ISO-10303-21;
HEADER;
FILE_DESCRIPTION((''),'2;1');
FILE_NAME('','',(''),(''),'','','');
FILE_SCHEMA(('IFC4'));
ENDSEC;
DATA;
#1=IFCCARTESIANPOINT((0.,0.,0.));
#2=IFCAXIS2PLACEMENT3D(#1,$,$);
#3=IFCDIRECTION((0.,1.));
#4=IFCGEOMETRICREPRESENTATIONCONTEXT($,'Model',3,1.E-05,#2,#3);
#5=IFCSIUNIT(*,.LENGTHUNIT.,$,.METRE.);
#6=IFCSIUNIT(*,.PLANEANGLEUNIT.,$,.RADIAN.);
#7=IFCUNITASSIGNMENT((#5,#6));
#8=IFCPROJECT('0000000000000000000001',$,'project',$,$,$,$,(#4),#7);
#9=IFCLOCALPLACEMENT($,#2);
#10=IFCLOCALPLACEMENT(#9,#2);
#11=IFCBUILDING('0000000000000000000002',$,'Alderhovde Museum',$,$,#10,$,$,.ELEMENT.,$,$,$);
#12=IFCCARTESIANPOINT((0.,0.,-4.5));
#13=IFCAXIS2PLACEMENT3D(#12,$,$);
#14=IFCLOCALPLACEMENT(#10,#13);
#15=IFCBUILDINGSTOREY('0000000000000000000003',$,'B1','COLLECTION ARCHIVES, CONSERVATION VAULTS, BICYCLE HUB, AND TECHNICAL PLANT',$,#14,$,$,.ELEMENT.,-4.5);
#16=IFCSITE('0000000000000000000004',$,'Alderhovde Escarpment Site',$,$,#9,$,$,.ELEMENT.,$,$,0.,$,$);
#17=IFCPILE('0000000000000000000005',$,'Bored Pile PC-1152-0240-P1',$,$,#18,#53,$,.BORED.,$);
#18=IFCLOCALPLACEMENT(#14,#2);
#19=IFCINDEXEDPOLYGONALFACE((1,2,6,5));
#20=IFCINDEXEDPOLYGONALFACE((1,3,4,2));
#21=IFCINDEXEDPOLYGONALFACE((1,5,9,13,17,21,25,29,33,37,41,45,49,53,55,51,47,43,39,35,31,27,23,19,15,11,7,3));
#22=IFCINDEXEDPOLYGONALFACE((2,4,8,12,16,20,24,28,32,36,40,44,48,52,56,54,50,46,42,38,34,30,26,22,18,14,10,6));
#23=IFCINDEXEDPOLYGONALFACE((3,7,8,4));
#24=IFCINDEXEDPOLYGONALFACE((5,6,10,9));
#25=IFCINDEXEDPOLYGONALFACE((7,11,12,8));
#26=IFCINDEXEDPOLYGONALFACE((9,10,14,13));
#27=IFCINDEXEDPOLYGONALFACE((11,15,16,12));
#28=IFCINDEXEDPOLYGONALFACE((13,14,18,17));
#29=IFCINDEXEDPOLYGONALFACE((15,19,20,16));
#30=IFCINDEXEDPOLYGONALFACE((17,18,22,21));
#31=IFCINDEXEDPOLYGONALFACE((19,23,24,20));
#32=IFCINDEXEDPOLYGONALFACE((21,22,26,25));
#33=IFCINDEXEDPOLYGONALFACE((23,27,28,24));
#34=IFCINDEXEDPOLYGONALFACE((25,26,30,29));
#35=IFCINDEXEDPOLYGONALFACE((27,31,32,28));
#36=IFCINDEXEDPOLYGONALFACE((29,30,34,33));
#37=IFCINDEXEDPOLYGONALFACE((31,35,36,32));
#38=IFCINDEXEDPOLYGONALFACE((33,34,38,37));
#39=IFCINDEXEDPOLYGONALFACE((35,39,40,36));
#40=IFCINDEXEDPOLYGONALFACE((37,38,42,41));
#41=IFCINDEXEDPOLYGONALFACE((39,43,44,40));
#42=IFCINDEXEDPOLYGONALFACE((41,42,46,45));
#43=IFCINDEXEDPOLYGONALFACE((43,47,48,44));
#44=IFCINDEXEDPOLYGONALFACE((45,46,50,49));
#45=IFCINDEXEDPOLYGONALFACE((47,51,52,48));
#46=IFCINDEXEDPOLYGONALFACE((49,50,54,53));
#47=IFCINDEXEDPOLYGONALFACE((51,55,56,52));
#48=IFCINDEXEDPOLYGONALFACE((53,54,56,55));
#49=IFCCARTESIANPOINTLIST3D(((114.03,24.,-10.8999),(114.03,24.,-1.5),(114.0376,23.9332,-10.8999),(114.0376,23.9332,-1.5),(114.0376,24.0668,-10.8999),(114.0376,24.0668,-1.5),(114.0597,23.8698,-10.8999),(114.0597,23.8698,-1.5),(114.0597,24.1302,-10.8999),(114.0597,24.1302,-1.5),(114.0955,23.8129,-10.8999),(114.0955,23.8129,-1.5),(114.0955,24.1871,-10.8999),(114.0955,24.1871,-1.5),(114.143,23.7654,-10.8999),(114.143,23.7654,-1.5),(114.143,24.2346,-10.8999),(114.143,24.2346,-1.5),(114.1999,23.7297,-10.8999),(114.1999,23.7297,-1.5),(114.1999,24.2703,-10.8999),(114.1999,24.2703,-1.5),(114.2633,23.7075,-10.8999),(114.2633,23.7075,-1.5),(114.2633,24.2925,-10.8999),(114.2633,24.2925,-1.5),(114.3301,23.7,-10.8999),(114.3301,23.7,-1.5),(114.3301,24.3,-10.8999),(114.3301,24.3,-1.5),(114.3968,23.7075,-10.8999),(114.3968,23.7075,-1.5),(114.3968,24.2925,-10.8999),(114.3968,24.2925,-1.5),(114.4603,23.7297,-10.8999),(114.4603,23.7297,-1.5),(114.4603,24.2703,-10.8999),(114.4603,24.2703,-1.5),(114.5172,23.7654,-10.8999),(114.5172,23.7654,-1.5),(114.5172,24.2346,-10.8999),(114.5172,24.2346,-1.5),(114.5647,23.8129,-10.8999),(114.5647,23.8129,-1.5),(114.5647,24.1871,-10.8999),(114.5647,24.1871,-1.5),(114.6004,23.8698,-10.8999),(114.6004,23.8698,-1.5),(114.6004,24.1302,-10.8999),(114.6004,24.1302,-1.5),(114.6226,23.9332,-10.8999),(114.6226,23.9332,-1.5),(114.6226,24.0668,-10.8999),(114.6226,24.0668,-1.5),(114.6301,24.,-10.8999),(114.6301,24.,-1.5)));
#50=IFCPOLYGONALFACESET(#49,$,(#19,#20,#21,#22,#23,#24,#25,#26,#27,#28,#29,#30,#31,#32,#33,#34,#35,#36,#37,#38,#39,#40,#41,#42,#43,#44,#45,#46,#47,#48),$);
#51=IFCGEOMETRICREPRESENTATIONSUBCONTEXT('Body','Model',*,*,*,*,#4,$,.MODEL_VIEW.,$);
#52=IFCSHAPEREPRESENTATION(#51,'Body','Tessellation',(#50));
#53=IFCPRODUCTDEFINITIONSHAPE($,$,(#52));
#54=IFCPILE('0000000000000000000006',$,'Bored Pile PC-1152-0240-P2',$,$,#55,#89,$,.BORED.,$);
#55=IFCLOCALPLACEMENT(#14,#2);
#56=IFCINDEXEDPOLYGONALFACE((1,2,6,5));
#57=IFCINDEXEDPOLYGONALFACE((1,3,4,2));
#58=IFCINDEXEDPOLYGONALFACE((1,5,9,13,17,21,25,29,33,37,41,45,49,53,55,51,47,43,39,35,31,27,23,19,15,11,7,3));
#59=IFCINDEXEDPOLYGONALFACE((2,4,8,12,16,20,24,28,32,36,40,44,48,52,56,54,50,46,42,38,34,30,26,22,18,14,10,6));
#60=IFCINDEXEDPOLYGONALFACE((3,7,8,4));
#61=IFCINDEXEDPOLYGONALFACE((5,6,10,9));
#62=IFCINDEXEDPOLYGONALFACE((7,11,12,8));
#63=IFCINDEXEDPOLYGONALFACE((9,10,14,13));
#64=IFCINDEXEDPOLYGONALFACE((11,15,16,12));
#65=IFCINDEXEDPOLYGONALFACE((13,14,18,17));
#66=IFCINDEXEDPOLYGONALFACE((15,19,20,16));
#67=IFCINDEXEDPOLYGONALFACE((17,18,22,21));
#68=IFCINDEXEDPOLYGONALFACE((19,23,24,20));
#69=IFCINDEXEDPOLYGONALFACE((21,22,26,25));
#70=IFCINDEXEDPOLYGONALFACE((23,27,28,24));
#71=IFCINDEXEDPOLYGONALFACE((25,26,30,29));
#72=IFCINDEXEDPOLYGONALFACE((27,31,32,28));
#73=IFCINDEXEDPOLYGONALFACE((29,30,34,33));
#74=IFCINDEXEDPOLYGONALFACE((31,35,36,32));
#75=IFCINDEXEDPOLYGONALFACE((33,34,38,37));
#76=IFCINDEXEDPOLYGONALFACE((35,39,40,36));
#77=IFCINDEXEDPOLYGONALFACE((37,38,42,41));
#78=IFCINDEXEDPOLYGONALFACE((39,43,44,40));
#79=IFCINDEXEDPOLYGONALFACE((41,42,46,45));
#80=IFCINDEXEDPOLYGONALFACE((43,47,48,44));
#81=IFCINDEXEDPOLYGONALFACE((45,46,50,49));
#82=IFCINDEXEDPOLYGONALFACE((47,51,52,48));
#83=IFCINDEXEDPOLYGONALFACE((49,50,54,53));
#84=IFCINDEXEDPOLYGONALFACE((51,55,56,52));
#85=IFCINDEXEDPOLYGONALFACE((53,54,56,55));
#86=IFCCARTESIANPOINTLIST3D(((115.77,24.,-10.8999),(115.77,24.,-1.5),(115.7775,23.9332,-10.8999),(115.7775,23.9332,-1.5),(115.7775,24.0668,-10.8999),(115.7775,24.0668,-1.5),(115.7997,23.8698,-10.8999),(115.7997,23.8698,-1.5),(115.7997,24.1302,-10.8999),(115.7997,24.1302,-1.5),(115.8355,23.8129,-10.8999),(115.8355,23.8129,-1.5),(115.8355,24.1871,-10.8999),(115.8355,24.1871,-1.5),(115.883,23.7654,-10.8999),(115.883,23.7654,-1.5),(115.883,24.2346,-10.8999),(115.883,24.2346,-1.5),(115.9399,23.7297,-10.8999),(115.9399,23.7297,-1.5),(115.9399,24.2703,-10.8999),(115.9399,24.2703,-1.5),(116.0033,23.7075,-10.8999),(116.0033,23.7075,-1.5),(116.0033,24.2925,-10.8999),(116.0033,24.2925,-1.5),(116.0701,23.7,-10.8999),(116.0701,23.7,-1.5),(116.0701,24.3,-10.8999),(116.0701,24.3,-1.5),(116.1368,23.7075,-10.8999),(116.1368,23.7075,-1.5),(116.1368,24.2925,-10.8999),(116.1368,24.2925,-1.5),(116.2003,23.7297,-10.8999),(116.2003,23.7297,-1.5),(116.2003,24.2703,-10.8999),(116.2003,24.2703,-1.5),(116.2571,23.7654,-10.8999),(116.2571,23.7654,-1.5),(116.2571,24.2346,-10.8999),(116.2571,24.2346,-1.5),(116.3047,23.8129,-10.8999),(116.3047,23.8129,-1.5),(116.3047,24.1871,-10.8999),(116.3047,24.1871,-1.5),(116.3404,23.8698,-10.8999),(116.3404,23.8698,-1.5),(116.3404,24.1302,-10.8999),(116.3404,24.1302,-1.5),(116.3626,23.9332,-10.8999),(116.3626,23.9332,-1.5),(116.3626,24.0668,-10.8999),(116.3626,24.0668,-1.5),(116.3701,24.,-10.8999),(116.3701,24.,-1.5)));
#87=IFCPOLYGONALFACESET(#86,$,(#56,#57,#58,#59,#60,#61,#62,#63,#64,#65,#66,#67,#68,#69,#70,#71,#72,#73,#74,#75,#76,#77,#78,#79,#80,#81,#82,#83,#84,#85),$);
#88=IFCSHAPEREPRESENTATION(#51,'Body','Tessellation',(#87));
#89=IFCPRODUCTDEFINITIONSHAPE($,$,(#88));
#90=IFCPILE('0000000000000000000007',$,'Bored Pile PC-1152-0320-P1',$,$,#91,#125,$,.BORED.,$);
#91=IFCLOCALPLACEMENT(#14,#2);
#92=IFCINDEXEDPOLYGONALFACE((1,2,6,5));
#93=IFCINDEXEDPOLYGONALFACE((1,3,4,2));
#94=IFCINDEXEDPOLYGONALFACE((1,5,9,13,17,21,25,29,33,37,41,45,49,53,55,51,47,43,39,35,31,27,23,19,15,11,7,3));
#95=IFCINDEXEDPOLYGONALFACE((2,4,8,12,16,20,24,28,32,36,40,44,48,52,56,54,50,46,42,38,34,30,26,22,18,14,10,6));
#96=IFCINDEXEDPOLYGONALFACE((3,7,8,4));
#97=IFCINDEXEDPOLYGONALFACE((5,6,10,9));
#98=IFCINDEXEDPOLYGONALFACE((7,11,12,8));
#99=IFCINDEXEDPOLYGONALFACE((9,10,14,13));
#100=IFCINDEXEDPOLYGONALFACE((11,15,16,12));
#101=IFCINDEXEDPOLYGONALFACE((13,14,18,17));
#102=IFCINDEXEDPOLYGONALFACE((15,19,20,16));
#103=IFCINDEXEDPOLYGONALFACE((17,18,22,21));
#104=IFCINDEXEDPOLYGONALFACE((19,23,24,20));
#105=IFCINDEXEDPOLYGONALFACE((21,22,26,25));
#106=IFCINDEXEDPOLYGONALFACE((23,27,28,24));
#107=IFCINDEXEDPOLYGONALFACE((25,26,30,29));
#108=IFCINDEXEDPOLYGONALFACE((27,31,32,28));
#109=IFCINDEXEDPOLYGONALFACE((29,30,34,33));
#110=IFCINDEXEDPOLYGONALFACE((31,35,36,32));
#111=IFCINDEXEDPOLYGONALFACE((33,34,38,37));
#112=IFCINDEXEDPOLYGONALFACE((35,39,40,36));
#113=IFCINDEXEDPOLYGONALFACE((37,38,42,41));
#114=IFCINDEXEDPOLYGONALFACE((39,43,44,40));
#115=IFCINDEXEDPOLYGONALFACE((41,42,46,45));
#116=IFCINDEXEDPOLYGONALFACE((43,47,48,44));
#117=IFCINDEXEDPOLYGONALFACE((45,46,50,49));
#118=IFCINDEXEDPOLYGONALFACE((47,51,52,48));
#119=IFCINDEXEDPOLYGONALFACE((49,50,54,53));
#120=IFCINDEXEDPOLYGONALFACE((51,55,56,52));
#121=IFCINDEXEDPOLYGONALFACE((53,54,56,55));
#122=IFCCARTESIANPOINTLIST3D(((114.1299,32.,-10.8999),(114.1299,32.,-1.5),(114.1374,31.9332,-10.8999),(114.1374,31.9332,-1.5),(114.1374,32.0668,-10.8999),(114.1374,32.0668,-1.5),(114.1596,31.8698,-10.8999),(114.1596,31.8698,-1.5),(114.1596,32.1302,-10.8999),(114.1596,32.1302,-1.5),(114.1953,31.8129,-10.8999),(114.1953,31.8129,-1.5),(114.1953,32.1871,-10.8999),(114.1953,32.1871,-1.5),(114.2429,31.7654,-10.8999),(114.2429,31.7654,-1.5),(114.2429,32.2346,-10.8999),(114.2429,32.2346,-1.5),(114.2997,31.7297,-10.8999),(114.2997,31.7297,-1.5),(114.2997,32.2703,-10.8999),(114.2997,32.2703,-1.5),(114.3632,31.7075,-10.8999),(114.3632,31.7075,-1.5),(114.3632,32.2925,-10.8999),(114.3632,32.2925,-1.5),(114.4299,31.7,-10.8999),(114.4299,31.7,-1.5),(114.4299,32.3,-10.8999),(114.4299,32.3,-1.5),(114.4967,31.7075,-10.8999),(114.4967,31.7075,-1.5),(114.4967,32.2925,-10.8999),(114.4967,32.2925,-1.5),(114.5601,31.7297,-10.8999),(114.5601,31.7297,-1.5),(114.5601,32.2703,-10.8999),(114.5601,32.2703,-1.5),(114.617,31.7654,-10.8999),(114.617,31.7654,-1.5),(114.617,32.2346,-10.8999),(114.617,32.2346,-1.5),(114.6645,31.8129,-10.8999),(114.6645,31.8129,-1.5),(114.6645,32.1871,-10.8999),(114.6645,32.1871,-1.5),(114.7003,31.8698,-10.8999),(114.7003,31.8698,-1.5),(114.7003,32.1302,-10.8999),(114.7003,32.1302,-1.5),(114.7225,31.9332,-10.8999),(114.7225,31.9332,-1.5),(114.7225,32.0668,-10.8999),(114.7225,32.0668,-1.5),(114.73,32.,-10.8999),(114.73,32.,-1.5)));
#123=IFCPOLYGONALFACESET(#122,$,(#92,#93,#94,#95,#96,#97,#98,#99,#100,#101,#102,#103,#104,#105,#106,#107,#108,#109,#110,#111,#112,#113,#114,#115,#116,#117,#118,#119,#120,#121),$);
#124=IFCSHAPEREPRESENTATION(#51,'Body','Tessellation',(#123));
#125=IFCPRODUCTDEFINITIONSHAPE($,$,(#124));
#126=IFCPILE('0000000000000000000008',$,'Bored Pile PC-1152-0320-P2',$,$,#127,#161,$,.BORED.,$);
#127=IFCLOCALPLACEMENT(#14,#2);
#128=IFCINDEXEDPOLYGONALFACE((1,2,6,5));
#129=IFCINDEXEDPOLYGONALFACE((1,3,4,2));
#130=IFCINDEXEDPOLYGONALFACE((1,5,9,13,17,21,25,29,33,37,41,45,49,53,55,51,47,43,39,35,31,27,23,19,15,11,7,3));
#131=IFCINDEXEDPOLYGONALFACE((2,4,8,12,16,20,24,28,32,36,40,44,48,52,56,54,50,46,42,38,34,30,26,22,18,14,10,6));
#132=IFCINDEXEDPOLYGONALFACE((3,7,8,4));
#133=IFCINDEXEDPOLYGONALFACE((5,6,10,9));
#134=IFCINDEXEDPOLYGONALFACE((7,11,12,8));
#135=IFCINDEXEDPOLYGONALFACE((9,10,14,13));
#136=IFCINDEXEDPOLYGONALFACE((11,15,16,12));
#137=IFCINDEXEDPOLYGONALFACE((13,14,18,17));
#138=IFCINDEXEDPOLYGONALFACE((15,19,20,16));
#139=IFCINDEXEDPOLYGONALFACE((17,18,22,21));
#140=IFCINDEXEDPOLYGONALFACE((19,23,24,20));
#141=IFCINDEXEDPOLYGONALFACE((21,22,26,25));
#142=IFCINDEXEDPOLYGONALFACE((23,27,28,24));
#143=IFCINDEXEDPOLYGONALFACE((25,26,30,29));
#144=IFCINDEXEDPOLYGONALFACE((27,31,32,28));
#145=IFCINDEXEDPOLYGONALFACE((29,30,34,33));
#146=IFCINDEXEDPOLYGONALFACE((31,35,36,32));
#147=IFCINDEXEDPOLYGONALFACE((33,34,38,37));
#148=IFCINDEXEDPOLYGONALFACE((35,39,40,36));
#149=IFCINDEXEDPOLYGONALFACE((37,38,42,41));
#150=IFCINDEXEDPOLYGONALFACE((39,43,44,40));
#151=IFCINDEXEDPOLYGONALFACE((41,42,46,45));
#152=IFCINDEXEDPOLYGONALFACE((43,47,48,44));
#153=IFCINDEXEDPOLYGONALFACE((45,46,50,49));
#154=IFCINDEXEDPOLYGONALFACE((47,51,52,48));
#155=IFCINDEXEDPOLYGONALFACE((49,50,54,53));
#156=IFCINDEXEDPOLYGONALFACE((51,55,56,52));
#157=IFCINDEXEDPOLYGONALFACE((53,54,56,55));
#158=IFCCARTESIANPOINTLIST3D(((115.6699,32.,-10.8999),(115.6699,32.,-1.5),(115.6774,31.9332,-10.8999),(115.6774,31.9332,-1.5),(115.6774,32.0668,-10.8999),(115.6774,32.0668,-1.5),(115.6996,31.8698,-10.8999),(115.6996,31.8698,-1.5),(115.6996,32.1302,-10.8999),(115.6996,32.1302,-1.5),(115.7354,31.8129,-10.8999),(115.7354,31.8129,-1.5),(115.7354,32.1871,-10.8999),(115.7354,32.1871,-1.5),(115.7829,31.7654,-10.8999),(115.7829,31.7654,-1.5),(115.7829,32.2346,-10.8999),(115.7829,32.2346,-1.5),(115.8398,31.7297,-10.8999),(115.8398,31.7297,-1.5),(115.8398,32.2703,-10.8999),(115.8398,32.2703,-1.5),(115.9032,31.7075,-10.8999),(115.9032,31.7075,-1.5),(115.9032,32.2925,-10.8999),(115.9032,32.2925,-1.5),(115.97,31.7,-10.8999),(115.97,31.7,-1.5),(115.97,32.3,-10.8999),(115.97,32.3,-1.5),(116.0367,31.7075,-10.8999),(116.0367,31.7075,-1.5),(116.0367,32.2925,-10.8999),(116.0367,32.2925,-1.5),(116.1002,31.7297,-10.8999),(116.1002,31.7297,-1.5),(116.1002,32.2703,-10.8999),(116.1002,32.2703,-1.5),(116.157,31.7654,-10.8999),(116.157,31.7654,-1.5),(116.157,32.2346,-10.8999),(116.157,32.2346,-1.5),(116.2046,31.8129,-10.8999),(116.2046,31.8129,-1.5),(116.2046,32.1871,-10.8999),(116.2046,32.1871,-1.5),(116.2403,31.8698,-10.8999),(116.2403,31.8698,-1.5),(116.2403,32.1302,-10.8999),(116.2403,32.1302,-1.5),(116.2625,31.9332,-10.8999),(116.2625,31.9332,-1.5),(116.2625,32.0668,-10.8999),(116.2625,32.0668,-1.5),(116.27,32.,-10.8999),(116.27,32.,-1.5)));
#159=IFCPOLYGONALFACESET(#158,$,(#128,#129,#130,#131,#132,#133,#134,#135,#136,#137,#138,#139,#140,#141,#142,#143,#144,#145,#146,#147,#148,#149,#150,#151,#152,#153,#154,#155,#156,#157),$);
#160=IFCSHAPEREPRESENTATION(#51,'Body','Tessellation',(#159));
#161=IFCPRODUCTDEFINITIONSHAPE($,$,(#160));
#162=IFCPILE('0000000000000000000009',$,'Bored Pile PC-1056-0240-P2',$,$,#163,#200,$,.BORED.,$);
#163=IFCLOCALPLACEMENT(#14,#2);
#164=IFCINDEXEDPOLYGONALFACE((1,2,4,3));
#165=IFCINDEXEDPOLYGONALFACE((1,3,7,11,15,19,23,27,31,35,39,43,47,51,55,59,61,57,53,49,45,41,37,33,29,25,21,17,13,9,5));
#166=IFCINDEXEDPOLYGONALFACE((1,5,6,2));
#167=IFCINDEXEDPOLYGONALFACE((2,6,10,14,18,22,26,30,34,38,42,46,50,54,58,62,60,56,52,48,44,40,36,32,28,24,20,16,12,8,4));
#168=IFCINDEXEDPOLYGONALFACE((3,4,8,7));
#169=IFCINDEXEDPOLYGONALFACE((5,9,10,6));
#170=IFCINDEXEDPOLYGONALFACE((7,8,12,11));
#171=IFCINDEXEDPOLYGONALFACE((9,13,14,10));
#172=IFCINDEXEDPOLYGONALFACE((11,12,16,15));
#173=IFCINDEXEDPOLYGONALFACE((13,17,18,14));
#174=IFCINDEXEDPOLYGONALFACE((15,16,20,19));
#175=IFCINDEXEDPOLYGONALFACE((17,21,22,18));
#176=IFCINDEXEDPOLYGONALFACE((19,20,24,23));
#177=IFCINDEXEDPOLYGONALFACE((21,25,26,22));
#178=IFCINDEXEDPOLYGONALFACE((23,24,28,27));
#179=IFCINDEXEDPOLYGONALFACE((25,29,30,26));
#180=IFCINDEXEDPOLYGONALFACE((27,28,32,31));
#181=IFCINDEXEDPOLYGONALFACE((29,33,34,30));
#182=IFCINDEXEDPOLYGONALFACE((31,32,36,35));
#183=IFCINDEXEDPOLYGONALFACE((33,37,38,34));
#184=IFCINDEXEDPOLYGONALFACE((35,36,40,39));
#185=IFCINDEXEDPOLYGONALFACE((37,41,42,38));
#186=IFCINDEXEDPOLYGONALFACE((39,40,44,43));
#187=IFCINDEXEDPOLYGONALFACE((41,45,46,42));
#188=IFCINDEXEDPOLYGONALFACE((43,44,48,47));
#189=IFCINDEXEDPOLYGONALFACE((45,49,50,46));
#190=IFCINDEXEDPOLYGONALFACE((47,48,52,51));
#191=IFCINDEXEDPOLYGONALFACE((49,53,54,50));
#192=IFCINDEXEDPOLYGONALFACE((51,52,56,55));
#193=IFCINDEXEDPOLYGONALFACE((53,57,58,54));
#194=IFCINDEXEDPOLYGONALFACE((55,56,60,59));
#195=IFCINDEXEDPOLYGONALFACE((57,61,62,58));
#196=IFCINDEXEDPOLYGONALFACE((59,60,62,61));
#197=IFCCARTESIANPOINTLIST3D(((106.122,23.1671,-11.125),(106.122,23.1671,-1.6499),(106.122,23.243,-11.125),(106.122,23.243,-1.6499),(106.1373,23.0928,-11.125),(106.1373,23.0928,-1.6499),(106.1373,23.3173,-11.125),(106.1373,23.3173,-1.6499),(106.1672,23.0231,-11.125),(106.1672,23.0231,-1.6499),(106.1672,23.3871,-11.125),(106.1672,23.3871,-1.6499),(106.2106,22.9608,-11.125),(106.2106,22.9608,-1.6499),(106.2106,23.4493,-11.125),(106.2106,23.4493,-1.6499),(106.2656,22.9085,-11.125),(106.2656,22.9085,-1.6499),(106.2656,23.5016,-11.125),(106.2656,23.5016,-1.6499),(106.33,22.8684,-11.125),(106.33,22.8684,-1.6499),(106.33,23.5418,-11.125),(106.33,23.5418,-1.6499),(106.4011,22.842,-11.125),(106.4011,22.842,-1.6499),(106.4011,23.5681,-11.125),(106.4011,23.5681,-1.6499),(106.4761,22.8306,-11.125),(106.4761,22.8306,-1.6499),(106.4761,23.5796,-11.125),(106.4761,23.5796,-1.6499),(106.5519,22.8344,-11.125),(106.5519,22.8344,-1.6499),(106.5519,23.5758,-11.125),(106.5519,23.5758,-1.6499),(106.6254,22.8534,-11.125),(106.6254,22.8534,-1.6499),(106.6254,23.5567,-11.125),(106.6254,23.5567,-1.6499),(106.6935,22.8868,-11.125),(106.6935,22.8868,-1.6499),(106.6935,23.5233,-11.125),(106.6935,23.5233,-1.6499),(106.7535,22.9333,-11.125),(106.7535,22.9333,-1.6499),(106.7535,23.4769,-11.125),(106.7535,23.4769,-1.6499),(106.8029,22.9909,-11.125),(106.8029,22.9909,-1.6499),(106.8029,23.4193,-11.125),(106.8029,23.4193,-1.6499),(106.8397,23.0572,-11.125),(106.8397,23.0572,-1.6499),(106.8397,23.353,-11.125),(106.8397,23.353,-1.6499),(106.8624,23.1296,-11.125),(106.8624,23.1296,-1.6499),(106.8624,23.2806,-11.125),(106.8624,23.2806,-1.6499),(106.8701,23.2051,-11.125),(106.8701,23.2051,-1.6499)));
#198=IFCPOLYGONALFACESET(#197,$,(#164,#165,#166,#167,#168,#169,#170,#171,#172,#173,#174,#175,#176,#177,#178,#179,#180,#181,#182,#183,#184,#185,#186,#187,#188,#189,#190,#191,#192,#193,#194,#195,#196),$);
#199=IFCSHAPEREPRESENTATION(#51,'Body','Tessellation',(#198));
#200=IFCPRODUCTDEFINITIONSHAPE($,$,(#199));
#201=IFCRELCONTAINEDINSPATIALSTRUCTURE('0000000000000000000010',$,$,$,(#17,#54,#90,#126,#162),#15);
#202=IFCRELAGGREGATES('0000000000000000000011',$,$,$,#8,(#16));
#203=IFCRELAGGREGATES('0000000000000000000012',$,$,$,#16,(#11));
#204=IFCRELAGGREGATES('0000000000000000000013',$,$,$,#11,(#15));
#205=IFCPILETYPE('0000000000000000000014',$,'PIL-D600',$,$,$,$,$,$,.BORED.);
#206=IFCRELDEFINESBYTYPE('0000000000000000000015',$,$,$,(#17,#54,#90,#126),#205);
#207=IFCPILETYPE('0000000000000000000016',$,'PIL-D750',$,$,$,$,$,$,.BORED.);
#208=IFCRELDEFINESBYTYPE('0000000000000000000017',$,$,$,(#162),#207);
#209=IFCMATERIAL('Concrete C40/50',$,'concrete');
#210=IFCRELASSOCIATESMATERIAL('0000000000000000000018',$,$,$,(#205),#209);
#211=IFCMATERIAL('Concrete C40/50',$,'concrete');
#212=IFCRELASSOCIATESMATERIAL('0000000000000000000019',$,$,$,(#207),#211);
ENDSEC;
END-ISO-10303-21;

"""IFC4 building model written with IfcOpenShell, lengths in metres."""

from ifc_helpers import new_model, si_unit, direction, frame, origin, origin_2d, place, context, subcontext, project, spatial, circle, extrude, material, material_profile, profile_set, type_object, element, save


model = new_model("IFC4")

# Units and contexts
model_context = context("Model", 3, precision=1e-05, world=origin(), true_north=direction((0.0, 1.0)))
body_context = subcontext(model_context, "Body", "Model", "MODEL_VIEW")
ifc_project = project(units=[si_unit("LENGTHUNIT", "METRE"), si_unit("PLANEANGLEUNIT", "RADIAN")], contexts=[model_context])

# Site, building, storey
site_placement = place(None, origin())
site = spatial("IfcSite", under=ifc_project, at=site_placement, Name="Alderhovde Escarpment Site", CompositionType="ELEMENT", RefElevation=0.0)
building_placement = place(site_placement, origin())
building = spatial("IfcBuilding", under=site, at=building_placement, Name="Alderhovde Museum", CompositionType="ELEMENT")
storey_placement = place(building_placement, frame((0.0, 0.0, -4.5)))
storey = spatial("IfcBuildingStorey", under=building, at=storey_placement, Name="B1", Description="COLLECTION ARCHIVES, CONSERVATION VAULTS, BICYCLE HUB, AND TECHNICAL PLANT", CompositionType="ELEMENT", Elevation=-4.5)

# Piles
ifc_material_1 = material(Name="Concrete C40/50", Category="concrete")
ifc_material_profile_1 = material_profile(ifc_material_1, circle(Radius=0.3, at=origin_2d()), Name="PILE-D600")
ifc_profile_set_1 = profile_set([ifc_material_profile_1], Name="Concrete C40/50")
pile_type_1 = type_object("IfcPileType", Name="PIL-D600", PredefinedType="BORED", material=ifc_profile_set_1)
for number, where, z_axis, x_axis, name in (
    (1, (114.3301, 24.0, -1.5), (0.0, 0.0, -1.0), (1.0, 0.0, 0.0), "Bored Pile PC-1152-0240-P1"),
    (2, (116.0701, 24.0, -1.5), (0.0, 0.0, -1.0), (1.0, 0.0, 0.0), "Bored Pile PC-1152-0240-P2"),
    (3, (114.4299, 32.0, -1.5), (0.0, 0.0, -1.0), (1.0, 0.0, 0.0), "Bored Pile PC-1152-0320-P1"),
    (4, (115.97, 32.0, -1.5), (0.0, 0.0, -1.0), (1.0, 0.0, 0.0), "Bored Pile PC-1152-0320-P2"),
):
    element("IfcPile", number, at=place(storey_placement, frame(where, z_axis=z_axis, x_axis=x_axis)), inside=storey, type_object=pile_type_1, Name=name, PredefinedType="BORED", context=body_context, shape_type="SweptSolid", body=[
        extrude(circle(Radius=0.3, at=origin_2d()), origin(), (0.0, 0.0, 1.0), 9.3999),
    ])
ifc_material_2 = material(Name="Concrete C40/50", Category="concrete")
ifc_material_profile_2 = material_profile(ifc_material_2, circle(Radius=0.375, at=origin_2d()), Name="PILE-D750")
ifc_profile_set_2 = profile_set([ifc_material_profile_2], Name="Concrete C40/50")
pile_type_2 = type_object("IfcPileType", Name="PIL-D750", PredefinedType="BORED", material=ifc_profile_set_2)
for number, where, z_axis, x_axis, name in (
    (5, (106.4951, 23.2051, -1.6499), (0.0, 0.0, -1.0), (1.0, 0.0, 0.0), "Bored Pile PC-1056-0240-P2"),
):
    element("IfcPile", number, at=place(storey_placement, frame(where, z_axis=z_axis, x_axis=x_axis)), inside=storey, type_object=pile_type_2, Name=name, PredefinedType="BORED", context=body_context, shape_type="SweptSolid", body=[
        extrude(circle(Radius=0.375, at=origin_2d()), origin(), (0.0, 0.0, 1.0), 9.4751),
    ])

save(model, "model.ifc")
